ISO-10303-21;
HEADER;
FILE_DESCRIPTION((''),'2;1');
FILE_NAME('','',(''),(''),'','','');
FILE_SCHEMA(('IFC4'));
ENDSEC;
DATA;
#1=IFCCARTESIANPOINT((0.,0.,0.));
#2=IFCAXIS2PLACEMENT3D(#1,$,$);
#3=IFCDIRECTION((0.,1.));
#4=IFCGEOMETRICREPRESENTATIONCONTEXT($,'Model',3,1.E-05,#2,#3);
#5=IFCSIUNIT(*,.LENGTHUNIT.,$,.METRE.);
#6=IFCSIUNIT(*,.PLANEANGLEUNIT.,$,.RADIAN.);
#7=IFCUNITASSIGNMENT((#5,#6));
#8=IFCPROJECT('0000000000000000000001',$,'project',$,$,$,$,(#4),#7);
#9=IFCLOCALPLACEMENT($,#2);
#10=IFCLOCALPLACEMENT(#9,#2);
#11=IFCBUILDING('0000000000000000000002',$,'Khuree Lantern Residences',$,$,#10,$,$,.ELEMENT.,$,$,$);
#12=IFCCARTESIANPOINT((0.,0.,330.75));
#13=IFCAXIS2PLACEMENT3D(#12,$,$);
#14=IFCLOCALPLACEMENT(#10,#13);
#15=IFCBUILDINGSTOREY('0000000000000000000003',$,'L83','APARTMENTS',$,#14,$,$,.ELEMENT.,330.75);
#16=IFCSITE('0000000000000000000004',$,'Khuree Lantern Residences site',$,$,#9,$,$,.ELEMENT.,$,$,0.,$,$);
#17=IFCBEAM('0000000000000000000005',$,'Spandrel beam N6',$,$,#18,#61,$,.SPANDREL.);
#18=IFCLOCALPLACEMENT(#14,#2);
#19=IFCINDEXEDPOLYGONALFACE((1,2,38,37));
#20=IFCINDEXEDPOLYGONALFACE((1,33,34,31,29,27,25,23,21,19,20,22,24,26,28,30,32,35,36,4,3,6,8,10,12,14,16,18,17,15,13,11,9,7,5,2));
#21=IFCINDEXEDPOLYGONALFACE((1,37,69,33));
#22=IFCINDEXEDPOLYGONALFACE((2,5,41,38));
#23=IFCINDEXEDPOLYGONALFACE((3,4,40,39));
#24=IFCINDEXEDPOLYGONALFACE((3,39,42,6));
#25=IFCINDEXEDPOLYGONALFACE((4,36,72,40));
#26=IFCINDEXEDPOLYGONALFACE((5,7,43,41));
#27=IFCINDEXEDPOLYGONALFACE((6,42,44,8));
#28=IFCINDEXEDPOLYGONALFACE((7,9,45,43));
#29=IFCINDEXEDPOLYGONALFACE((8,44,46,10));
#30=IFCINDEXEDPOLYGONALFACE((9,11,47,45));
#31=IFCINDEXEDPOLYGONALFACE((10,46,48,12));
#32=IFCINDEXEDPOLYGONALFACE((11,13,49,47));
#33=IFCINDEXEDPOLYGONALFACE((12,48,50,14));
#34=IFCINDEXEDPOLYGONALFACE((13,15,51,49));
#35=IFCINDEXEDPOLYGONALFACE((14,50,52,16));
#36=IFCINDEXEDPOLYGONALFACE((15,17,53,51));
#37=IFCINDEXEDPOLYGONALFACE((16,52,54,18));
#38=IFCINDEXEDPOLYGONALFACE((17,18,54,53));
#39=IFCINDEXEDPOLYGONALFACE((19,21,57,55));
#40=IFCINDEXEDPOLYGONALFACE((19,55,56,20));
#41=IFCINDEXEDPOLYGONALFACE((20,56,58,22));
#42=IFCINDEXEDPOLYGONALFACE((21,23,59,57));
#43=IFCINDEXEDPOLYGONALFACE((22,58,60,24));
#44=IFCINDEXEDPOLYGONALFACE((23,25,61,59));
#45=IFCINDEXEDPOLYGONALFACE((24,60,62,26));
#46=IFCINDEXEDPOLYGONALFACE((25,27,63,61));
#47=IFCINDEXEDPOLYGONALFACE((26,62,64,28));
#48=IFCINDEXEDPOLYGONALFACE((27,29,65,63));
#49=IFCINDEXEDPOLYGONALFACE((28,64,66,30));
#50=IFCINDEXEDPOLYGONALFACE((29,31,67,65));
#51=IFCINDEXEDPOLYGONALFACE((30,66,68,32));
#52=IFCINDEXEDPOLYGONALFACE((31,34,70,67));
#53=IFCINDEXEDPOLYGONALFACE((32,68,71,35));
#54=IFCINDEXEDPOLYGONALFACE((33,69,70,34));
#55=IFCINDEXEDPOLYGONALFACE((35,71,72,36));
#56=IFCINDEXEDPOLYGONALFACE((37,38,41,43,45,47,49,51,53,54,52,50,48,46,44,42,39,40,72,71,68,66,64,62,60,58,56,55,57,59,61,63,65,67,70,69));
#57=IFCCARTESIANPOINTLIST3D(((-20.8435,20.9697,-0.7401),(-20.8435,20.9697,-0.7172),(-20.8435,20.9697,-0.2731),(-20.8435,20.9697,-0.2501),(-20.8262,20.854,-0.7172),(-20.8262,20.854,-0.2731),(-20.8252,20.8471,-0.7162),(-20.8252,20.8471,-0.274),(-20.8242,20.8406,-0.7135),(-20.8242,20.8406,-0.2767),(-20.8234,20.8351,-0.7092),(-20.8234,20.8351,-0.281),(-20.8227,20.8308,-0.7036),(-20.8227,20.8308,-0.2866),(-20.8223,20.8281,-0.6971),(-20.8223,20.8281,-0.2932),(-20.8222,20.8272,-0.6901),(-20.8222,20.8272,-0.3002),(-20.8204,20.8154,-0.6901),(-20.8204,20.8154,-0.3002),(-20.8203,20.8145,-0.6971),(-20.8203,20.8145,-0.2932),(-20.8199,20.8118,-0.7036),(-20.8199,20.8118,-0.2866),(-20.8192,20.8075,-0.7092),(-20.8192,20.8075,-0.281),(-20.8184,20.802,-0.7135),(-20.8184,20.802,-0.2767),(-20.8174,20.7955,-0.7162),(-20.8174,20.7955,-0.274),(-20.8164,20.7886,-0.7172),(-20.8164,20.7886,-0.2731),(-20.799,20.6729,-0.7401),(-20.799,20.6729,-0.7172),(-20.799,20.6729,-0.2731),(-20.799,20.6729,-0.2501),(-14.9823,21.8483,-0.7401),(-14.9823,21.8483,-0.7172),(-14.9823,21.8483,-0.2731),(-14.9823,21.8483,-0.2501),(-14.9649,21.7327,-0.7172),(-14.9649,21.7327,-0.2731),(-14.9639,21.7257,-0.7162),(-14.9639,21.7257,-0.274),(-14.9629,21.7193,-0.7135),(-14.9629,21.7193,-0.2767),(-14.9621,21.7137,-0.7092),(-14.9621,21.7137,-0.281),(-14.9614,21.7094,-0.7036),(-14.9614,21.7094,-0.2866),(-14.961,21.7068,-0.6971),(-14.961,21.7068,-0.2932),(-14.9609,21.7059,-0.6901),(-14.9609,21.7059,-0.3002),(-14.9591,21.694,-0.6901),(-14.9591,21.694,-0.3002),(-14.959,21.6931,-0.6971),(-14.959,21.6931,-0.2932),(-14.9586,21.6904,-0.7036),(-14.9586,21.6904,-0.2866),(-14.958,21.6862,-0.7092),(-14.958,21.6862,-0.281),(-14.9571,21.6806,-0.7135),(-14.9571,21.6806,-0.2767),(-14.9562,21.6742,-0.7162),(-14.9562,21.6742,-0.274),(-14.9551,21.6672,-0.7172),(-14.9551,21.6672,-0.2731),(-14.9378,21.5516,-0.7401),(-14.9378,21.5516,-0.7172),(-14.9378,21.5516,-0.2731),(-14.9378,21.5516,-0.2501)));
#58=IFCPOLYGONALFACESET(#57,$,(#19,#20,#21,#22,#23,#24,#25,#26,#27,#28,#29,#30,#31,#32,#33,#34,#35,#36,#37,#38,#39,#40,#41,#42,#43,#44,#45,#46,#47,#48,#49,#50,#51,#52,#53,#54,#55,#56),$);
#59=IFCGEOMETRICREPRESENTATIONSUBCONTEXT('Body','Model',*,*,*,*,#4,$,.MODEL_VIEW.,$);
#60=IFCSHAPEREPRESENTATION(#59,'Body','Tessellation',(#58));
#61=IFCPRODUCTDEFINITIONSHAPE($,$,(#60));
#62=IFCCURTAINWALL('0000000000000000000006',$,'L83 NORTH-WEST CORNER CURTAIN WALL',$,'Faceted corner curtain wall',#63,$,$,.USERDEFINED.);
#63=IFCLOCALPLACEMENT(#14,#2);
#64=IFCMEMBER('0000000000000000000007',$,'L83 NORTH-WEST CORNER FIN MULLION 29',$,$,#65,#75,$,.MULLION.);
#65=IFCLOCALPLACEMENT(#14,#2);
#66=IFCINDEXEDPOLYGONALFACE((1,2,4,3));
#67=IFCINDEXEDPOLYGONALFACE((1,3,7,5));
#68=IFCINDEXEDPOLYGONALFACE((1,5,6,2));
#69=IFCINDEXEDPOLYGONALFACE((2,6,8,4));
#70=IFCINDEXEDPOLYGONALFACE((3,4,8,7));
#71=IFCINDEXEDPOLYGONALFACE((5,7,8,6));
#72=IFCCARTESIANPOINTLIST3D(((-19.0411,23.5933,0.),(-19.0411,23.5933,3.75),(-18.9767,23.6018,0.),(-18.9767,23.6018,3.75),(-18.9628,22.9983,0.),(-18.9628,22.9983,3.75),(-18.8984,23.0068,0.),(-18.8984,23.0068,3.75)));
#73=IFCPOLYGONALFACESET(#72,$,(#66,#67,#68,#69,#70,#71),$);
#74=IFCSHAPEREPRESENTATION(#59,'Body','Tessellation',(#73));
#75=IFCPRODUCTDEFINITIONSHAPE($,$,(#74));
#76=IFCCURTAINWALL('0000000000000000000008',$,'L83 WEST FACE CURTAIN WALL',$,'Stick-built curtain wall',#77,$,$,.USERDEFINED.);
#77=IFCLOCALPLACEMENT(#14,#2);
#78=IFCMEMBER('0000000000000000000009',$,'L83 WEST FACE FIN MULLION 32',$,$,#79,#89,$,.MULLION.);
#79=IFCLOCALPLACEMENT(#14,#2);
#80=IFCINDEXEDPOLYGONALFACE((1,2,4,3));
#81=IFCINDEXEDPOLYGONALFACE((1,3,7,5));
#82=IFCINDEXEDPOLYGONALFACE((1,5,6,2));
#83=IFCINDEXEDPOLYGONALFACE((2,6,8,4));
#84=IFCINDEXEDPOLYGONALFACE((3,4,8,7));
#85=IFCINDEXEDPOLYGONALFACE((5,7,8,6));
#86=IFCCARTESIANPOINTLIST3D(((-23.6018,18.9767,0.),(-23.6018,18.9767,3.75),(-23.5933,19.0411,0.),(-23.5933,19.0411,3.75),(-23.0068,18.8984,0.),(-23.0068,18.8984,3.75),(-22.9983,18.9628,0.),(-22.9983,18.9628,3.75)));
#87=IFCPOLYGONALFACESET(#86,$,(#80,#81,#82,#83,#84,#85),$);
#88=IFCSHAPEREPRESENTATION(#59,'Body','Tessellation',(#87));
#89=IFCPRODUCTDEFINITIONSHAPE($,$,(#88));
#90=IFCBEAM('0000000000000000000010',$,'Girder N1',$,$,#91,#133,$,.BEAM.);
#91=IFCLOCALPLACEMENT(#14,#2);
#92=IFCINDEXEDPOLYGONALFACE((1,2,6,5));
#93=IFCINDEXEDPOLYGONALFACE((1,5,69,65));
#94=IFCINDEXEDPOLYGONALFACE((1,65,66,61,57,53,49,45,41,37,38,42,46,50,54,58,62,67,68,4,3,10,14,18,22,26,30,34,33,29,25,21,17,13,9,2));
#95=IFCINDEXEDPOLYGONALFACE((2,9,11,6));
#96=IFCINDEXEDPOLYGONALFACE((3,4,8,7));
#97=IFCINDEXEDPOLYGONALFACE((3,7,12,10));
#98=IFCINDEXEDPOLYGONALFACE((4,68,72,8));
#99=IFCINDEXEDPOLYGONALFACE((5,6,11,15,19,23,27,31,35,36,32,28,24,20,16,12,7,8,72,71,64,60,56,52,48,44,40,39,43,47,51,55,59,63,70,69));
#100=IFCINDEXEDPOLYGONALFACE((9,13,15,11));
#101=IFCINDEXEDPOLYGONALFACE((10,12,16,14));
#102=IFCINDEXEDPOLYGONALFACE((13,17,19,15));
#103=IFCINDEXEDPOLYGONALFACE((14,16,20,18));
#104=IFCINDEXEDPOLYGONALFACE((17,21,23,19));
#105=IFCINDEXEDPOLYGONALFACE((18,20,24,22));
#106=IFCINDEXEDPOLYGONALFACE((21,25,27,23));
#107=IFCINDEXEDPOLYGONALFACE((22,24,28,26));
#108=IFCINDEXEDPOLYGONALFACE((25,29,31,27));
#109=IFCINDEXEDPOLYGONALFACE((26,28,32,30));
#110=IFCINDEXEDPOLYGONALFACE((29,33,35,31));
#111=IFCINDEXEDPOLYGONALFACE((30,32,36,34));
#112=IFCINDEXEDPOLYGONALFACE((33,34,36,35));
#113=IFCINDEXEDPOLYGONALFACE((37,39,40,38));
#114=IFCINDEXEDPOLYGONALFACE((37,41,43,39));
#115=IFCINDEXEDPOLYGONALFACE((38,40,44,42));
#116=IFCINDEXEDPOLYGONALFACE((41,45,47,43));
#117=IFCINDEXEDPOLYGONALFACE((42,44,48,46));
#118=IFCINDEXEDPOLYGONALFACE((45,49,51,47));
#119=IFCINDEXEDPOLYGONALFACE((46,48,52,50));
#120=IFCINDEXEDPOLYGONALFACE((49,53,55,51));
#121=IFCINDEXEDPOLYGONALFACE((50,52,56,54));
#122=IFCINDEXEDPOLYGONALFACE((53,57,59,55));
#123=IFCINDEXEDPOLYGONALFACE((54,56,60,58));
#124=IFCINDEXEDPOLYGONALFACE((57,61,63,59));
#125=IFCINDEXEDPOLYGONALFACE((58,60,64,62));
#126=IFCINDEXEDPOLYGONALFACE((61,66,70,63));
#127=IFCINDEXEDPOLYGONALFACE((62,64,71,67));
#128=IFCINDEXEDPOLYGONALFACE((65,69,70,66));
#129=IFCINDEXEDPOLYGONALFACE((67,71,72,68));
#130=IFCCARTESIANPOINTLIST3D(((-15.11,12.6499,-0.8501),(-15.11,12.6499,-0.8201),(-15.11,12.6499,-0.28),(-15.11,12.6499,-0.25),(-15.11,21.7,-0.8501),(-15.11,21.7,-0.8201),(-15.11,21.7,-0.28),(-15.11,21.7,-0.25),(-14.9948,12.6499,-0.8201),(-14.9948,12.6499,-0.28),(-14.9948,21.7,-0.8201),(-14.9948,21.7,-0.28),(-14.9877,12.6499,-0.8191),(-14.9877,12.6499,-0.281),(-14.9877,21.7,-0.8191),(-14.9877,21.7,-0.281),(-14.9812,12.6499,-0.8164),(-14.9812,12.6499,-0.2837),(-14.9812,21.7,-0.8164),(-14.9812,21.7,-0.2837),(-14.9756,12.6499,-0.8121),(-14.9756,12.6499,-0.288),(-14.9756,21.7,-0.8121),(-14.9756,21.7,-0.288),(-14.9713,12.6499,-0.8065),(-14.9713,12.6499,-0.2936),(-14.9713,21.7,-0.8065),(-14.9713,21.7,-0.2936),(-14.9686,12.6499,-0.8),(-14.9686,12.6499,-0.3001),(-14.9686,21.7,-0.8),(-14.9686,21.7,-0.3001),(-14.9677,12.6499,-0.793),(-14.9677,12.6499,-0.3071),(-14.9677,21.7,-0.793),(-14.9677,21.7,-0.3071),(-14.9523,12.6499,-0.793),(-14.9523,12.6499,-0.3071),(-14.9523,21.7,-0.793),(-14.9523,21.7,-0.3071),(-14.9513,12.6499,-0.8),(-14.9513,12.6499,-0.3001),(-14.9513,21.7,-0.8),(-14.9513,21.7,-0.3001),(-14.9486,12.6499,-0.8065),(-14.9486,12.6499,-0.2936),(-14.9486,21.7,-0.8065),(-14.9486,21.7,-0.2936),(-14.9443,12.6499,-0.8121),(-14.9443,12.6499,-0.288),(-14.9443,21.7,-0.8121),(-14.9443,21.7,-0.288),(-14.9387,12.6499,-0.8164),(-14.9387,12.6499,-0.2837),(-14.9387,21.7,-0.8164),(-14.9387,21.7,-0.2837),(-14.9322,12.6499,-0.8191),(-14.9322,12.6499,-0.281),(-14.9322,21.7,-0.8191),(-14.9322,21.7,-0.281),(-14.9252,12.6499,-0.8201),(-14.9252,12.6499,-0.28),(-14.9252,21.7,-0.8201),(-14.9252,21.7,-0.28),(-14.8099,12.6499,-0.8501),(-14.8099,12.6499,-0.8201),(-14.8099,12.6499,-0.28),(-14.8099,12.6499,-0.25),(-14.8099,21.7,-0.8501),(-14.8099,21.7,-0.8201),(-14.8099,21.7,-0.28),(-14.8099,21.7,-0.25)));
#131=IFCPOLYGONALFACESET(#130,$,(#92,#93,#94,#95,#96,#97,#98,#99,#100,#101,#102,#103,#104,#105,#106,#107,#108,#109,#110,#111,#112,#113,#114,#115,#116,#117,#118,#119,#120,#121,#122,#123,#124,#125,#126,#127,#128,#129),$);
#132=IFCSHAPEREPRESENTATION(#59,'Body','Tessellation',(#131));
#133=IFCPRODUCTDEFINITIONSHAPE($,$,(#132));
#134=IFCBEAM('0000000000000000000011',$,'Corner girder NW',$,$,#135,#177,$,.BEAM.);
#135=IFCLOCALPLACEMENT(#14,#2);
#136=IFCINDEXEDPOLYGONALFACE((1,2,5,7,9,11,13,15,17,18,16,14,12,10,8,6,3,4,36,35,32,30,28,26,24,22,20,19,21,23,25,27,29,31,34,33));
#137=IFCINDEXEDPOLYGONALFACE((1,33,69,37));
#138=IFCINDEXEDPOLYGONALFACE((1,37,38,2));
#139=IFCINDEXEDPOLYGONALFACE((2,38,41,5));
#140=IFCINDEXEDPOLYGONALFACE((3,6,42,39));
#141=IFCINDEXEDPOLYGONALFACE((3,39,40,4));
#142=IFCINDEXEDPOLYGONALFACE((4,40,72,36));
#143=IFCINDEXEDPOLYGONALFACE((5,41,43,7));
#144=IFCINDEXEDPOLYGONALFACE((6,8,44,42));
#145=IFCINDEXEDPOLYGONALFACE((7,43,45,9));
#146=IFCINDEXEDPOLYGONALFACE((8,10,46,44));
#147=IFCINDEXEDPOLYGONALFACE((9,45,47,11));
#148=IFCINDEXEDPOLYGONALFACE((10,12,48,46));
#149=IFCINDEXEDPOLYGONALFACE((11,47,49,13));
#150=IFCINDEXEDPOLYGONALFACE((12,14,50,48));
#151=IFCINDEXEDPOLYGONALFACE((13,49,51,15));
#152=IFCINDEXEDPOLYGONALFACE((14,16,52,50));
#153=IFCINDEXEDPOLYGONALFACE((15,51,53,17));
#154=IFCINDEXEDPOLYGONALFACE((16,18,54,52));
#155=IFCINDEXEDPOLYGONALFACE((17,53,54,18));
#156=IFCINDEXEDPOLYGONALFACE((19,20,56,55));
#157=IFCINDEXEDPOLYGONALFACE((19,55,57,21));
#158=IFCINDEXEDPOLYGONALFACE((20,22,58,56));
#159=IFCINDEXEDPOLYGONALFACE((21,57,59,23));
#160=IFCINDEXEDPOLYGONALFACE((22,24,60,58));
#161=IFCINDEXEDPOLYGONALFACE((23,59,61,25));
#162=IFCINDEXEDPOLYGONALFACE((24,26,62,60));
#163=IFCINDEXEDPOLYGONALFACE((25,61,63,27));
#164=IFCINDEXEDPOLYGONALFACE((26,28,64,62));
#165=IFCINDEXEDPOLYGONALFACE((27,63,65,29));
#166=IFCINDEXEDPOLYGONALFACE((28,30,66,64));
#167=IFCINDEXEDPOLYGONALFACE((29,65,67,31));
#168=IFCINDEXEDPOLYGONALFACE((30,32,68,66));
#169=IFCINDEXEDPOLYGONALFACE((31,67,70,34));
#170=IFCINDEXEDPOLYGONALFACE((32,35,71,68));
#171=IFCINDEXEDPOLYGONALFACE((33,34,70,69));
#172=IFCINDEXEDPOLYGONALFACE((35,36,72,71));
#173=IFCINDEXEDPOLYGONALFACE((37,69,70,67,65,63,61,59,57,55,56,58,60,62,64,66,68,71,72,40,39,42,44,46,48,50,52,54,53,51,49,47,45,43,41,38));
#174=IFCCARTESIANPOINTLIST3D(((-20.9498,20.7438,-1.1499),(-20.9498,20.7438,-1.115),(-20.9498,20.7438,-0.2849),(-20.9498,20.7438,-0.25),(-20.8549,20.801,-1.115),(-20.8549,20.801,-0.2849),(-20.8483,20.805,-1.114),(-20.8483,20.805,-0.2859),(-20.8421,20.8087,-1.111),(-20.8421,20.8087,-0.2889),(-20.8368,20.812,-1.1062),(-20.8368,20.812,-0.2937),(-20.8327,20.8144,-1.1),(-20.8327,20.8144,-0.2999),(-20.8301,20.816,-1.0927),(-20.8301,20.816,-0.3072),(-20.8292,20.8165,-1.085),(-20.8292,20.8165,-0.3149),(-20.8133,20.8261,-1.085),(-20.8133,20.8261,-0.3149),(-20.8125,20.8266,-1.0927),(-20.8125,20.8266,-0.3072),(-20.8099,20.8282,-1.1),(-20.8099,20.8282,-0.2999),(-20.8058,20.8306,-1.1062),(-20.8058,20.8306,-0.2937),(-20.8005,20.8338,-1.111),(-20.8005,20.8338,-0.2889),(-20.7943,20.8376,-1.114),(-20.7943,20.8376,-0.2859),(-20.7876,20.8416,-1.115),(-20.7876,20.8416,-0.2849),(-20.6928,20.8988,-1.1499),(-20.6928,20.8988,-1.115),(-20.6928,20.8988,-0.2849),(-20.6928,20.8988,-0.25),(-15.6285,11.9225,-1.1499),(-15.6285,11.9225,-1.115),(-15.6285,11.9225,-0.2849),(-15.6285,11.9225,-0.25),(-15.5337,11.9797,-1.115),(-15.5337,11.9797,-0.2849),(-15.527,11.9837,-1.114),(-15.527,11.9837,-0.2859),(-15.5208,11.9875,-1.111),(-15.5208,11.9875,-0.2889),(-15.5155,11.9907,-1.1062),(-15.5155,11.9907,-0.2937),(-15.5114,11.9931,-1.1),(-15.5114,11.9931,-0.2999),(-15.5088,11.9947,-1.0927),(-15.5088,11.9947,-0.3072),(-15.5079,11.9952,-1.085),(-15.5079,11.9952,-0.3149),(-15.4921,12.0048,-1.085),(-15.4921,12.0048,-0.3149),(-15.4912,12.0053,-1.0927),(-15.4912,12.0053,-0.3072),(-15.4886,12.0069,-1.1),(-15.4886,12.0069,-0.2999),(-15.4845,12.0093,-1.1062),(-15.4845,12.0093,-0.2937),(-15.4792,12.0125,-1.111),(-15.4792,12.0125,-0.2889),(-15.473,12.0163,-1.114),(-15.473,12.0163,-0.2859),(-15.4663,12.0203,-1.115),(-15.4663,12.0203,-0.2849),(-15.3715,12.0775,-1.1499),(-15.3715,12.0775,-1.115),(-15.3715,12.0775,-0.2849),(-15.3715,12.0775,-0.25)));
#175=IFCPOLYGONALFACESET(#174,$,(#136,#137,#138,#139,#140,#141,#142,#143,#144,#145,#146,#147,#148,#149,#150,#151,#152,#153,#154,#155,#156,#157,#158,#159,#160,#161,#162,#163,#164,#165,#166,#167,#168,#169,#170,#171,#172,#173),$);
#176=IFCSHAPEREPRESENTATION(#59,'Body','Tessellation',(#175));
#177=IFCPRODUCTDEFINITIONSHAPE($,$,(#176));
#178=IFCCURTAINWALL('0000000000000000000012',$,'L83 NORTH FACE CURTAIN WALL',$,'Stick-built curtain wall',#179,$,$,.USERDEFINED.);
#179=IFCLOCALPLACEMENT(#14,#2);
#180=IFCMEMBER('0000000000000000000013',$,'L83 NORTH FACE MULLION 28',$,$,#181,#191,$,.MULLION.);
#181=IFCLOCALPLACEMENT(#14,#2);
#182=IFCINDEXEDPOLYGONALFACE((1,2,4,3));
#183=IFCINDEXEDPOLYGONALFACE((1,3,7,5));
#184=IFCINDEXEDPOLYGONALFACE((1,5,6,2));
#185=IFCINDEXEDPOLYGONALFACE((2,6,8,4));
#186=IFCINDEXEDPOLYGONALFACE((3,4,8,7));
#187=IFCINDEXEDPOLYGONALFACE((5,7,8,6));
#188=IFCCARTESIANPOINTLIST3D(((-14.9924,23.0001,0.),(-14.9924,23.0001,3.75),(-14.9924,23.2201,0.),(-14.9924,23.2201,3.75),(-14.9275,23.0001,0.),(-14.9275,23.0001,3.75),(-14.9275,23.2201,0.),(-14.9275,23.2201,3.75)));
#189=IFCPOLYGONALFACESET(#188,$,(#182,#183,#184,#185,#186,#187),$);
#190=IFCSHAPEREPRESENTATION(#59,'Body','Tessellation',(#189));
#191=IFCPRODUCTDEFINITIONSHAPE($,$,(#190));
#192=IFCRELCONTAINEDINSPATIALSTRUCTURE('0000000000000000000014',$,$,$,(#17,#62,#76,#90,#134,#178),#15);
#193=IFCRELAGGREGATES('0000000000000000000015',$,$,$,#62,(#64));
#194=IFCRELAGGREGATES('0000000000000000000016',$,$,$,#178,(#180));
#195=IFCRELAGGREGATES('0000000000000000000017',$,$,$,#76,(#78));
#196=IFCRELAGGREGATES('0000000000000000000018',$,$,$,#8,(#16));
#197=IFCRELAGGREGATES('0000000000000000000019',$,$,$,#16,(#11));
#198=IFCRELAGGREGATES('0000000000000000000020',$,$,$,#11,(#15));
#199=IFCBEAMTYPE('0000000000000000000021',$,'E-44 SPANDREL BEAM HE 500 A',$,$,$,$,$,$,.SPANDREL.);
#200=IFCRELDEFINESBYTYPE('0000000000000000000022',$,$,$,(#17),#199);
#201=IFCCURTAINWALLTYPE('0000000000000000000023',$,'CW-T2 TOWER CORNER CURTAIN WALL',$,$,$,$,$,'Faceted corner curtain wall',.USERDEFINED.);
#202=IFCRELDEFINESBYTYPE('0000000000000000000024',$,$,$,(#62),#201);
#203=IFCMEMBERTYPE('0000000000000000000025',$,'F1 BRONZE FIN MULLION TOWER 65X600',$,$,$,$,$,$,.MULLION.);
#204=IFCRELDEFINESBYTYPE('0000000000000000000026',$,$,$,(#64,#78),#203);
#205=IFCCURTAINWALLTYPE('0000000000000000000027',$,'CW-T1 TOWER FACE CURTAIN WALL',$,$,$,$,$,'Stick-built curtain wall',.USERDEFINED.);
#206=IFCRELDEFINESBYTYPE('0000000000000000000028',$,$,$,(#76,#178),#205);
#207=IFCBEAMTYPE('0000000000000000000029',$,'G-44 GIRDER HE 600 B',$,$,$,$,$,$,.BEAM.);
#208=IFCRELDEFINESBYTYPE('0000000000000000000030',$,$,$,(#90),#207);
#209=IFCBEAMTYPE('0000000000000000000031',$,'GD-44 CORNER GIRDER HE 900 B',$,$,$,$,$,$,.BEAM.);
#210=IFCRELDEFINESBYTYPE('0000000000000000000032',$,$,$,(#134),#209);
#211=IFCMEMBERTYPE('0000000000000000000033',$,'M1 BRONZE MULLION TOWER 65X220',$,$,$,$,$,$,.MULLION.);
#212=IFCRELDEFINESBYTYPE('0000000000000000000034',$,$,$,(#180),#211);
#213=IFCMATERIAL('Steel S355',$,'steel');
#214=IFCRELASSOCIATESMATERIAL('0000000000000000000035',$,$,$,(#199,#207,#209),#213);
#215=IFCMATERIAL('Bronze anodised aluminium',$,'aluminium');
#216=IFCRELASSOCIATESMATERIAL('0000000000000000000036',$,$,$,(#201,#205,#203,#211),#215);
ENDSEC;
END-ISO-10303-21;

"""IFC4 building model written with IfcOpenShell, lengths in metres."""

from ifc_helpers import new_model, si_unit, direction, frame, origin, origin_2d, place, context, subcontext, project, spatial, rectangle, i_section, extrude, material, material_profile, profile_set, type_object, element, aggregate, save


model = new_model("IFC4")

# Units and contexts
model_context = context("Model", 3, precision=1e-05, world=origin(), true_north=direction((0.0, 1.0)))
body_context = subcontext(model_context, "Body", "Model", "MODEL_VIEW")
ifc_project = project(units=[si_unit("LENGTHUNIT", "METRE"), si_unit("PLANEANGLEUNIT", "RADIAN")], contexts=[model_context])

# Site, building, storey
site_placement = place(None, origin())
site = spatial("IfcSite", under=ifc_project, at=site_placement, Name="Khuree Lantern Residences site", CompositionType="ELEMENT", RefElevation=0.0)
building_placement = place(site_placement, origin())
building = spatial("IfcBuilding", under=site, at=building_placement, Name="Khuree Lantern Residences", CompositionType="ELEMENT")
storey_placement = place(building_placement, frame((0.0, 0.0, 330.75)))
storey = spatial("IfcBuildingStorey", under=building, at=storey_placement, Name="L83", Description="APARTMENTS", CompositionType="ELEMENT", Elevation=330.75)

# Beam
ifc_material_1 = material(Name="Steel S355", Category="steel")
ifc_material_profile_1 = material_profile(ifc_material_1, i_section(OverallWidth=0.3, OverallDepth=0.49, WebThickness=0.012, FlangeThickness=0.0229, FilletRadius=0.0271, at=origin_2d()), Name="HE 500 A")
ifc_profile_set_1 = profile_set([ifc_material_profile_1], Name="Steel S355")
beam_type_1 = type_object("IfcBeamType", Name="E-44 SPANDREL BEAM HE 500 A", PredefinedType="SPANDREL", material=ifc_profile_set_1)
beam_1_placement = place(storey_placement, frame((-20.8213, 20.8213, -0.4951), z_axis=(0.98895, 0.148252, 0.0), x_axis=(-0.148252, 0.98895, 0.0)))
element("IfcBeam", 1, at=beam_1_placement, inside=storey, type_object=beam_type_1, Name="Spandrel beam N6", PredefinedType="SPANDREL", context=body_context, shape_type="SweptSolid", body=[
    extrude(i_section(OverallWidth=0.3, OverallDepth=0.49, WebThickness=0.012, FlangeThickness=0.0229, FilletRadius=0.0271, at=origin_2d()), origin(), (0.0, 0.0, 1.0), 5.9268),
])

# Curtain walls, members
ifc_material_2 = material(Name="Bronze anodised aluminium", Category="aluminium")
curtain_wall_type_1 = type_object("IfcCurtainWallType", Name="CW-T2 TOWER CORNER CURTAIN WALL", ElementType="Faceted corner curtain wall", PredefinedType="USERDEFINED", material=ifc_material_2)
curtain_wall_1_placement = place(storey_placement, origin())
curtain_wall_1 = element("IfcCurtainWall", 2, at=curtain_wall_1_placement, inside=storey, type_object=curtain_wall_type_1, Name="L83 NORTH-WEST CORNER CURTAIN WALL", ObjectType="Faceted corner curtain wall", PredefinedType="USERDEFINED")
ifc_material_profile_2 = material_profile(ifc_material_2, rectangle(XDim=0.0649, YDim=0.6001, at=origin_2d()), Name="F1 65X600")
ifc_profile_set_2 = profile_set([ifc_material_profile_2], Name="Bronze anodised aluminium")
member_type_1 = type_object("IfcMemberType", Name="F1 BRONZE FIN MULLION TOWER 65X600", PredefinedType="MULLION", material=ifc_profile_set_2)
member_1_placement = place(storey_placement, frame((-18.9697, 23.3, 0.0), z_axis=(0.0, 0.0, 1.0), x_axis=(-0.991445, -0.130526, 0.0)))
member_1 = element("IfcMember", 3, at=member_1_placement, type_object=member_type_1, Name="L83 NORTH-WEST CORNER FIN MULLION 29", PredefinedType="MULLION", context=body_context, shape_type="SweptSolid", body=[
    extrude(rectangle(XDim=0.0649, YDim=0.6001, at=origin_2d()), origin(), (0.0, 0.0, 1.0), 3.75),
])
curtain_wall_type_2 = type_object("IfcCurtainWallType", Name="CW-T1 TOWER FACE CURTAIN WALL", ElementType="Stick-built curtain wall", PredefinedType="USERDEFINED", material=ifc_material_2)
curtain_wall_2_placement = place(storey_placement, origin())
curtain_wall_2 = element("IfcCurtainWall", 4, at=curtain_wall_2_placement, inside=storey, type_object=curtain_wall_type_2, Name="L83 WEST FACE CURTAIN WALL", ObjectType="Stick-built curtain wall", PredefinedType="USERDEFINED")
member_2_placement = place(storey_placement, frame((-23.3, 18.9697, 0.0), z_axis=(0.0, 0.0, 1.0), x_axis=(-0.130526, -0.991445, 0.0)))
member_2 = element("IfcMember", 5, at=member_2_placement, type_object=member_type_1, Name="L83 WEST FACE FIN MULLION 32", PredefinedType="MULLION", context=body_context, shape_type="SweptSolid", body=[
    extrude(rectangle(XDim=0.0649, YDim=0.6001, at=origin_2d()), origin(), (0.0, 0.0, 1.0), 3.75),
])

# Beams
ifc_material_profile_3 = material_profile(ifc_material_1, i_section(OverallWidth=0.3, OverallDepth=0.6001, WebThickness=0.0154, FlangeThickness=0.03, FilletRadius=0.0271, at=origin_2d()), Name="HE 600 B")
ifc_profile_set_3 = profile_set([ifc_material_profile_3], Name="Steel S355")
beam_type_2 = type_object("IfcBeamType", Name="G-44 GIRDER HE 600 B", PredefinedType="BEAM", material=ifc_profile_set_3)
beam_2_placement = place(storey_placement, frame((-14.96, 21.7, -0.55), z_axis=(0.0, -1.0, 0.0), x_axis=(1.0, 0.0, 0.0)))
element("IfcBeam", 6, at=beam_2_placement, inside=storey, type_object=beam_type_2, Name="Girder N1", PredefinedType="BEAM", context=body_context, shape_type="SweptSolid", body=[
    extrude(i_section(OverallWidth=0.3, OverallDepth=0.6001, WebThickness=0.0154, FlangeThickness=0.03, FilletRadius=0.0271, at=origin_2d()), origin(), (0.0, 0.0, 1.0), 9.05),
])
ifc_material_profile_4 = material_profile(ifc_material_1, i_section(OverallWidth=0.3, OverallDepth=0.8999, WebThickness=0.0186, FlangeThickness=0.0349, FilletRadius=0.03, at=origin_2d()), Name="HE 900 B")
ifc_profile_set_4 = profile_set([ifc_material_profile_4], Name="Steel S355")
beam_type_3 = type_object("IfcBeamType", Name="GD-44 CORNER GIRDER HE 900 B", PredefinedType="BEAM", material=ifc_profile_set_4)
beam_3_placement = place(storey_placement, frame((-20.8213, 20.8213, -0.7), z_axis=(0.51653, -0.856269, 0.0), x_axis=(0.856269, 0.51653, 0.0)))
element("IfcBeam", 7, at=beam_3_placement, inside=storey, type_object=beam_type_3, Name="Corner girder NW", PredefinedType="BEAM", context=body_context, shape_type="SweptSolid", body=[
    extrude(i_section(OverallWidth=0.3, OverallDepth=0.8999, WebThickness=0.0186, FlangeThickness=0.0349, FilletRadius=0.03, at=origin_2d()), origin(), (0.0, 0.0, 1.0), 10.302),
])

# Curtain wall, member
curtain_wall_3_placement = place(storey_placement, origin())
curtain_wall_3 = element("IfcCurtainWall", 8, at=curtain_wall_3_placement, inside=storey, type_object=curtain_wall_type_2, Name="L83 NORTH FACE CURTAIN WALL", ObjectType="Stick-built curtain wall", PredefinedType="USERDEFINED")
ifc_material_profile_5 = material_profile(ifc_material_2, rectangle(XDim=0.0649, YDim=0.22, at=origin_2d()), Name="M1 65X220")
ifc_profile_set_5 = profile_set([ifc_material_profile_5], Name="Bronze anodised aluminium")
member_type_2 = type_object("IfcMemberType", Name="M1 BRONZE MULLION TOWER 65X220", PredefinedType="MULLION", material=ifc_profile_set_5)
member_3_placement = place(storey_placement, frame((-14.96, 23.1101, 0.0), z_axis=(0.0, 0.0, 1.0), x_axis=(-1.0, 0.0, 0.0)))
member_3 = element("IfcMember", 9, at=member_3_placement, type_object=member_type_2, Name="L83 NORTH FACE MULLION 28", PredefinedType="MULLION", context=body_context, shape_type="SweptSolid", body=[
    extrude(rectangle(XDim=0.0649, YDim=0.22, at=origin_2d()), origin(), (0.0, 0.0, 1.0), 3.75),
])

aggregate(curtain_wall_1, [member_1])
aggregate(curtain_wall_3, [member_3])
aggregate(curtain_wall_2, [member_2])

save(model, "model.ifc")
